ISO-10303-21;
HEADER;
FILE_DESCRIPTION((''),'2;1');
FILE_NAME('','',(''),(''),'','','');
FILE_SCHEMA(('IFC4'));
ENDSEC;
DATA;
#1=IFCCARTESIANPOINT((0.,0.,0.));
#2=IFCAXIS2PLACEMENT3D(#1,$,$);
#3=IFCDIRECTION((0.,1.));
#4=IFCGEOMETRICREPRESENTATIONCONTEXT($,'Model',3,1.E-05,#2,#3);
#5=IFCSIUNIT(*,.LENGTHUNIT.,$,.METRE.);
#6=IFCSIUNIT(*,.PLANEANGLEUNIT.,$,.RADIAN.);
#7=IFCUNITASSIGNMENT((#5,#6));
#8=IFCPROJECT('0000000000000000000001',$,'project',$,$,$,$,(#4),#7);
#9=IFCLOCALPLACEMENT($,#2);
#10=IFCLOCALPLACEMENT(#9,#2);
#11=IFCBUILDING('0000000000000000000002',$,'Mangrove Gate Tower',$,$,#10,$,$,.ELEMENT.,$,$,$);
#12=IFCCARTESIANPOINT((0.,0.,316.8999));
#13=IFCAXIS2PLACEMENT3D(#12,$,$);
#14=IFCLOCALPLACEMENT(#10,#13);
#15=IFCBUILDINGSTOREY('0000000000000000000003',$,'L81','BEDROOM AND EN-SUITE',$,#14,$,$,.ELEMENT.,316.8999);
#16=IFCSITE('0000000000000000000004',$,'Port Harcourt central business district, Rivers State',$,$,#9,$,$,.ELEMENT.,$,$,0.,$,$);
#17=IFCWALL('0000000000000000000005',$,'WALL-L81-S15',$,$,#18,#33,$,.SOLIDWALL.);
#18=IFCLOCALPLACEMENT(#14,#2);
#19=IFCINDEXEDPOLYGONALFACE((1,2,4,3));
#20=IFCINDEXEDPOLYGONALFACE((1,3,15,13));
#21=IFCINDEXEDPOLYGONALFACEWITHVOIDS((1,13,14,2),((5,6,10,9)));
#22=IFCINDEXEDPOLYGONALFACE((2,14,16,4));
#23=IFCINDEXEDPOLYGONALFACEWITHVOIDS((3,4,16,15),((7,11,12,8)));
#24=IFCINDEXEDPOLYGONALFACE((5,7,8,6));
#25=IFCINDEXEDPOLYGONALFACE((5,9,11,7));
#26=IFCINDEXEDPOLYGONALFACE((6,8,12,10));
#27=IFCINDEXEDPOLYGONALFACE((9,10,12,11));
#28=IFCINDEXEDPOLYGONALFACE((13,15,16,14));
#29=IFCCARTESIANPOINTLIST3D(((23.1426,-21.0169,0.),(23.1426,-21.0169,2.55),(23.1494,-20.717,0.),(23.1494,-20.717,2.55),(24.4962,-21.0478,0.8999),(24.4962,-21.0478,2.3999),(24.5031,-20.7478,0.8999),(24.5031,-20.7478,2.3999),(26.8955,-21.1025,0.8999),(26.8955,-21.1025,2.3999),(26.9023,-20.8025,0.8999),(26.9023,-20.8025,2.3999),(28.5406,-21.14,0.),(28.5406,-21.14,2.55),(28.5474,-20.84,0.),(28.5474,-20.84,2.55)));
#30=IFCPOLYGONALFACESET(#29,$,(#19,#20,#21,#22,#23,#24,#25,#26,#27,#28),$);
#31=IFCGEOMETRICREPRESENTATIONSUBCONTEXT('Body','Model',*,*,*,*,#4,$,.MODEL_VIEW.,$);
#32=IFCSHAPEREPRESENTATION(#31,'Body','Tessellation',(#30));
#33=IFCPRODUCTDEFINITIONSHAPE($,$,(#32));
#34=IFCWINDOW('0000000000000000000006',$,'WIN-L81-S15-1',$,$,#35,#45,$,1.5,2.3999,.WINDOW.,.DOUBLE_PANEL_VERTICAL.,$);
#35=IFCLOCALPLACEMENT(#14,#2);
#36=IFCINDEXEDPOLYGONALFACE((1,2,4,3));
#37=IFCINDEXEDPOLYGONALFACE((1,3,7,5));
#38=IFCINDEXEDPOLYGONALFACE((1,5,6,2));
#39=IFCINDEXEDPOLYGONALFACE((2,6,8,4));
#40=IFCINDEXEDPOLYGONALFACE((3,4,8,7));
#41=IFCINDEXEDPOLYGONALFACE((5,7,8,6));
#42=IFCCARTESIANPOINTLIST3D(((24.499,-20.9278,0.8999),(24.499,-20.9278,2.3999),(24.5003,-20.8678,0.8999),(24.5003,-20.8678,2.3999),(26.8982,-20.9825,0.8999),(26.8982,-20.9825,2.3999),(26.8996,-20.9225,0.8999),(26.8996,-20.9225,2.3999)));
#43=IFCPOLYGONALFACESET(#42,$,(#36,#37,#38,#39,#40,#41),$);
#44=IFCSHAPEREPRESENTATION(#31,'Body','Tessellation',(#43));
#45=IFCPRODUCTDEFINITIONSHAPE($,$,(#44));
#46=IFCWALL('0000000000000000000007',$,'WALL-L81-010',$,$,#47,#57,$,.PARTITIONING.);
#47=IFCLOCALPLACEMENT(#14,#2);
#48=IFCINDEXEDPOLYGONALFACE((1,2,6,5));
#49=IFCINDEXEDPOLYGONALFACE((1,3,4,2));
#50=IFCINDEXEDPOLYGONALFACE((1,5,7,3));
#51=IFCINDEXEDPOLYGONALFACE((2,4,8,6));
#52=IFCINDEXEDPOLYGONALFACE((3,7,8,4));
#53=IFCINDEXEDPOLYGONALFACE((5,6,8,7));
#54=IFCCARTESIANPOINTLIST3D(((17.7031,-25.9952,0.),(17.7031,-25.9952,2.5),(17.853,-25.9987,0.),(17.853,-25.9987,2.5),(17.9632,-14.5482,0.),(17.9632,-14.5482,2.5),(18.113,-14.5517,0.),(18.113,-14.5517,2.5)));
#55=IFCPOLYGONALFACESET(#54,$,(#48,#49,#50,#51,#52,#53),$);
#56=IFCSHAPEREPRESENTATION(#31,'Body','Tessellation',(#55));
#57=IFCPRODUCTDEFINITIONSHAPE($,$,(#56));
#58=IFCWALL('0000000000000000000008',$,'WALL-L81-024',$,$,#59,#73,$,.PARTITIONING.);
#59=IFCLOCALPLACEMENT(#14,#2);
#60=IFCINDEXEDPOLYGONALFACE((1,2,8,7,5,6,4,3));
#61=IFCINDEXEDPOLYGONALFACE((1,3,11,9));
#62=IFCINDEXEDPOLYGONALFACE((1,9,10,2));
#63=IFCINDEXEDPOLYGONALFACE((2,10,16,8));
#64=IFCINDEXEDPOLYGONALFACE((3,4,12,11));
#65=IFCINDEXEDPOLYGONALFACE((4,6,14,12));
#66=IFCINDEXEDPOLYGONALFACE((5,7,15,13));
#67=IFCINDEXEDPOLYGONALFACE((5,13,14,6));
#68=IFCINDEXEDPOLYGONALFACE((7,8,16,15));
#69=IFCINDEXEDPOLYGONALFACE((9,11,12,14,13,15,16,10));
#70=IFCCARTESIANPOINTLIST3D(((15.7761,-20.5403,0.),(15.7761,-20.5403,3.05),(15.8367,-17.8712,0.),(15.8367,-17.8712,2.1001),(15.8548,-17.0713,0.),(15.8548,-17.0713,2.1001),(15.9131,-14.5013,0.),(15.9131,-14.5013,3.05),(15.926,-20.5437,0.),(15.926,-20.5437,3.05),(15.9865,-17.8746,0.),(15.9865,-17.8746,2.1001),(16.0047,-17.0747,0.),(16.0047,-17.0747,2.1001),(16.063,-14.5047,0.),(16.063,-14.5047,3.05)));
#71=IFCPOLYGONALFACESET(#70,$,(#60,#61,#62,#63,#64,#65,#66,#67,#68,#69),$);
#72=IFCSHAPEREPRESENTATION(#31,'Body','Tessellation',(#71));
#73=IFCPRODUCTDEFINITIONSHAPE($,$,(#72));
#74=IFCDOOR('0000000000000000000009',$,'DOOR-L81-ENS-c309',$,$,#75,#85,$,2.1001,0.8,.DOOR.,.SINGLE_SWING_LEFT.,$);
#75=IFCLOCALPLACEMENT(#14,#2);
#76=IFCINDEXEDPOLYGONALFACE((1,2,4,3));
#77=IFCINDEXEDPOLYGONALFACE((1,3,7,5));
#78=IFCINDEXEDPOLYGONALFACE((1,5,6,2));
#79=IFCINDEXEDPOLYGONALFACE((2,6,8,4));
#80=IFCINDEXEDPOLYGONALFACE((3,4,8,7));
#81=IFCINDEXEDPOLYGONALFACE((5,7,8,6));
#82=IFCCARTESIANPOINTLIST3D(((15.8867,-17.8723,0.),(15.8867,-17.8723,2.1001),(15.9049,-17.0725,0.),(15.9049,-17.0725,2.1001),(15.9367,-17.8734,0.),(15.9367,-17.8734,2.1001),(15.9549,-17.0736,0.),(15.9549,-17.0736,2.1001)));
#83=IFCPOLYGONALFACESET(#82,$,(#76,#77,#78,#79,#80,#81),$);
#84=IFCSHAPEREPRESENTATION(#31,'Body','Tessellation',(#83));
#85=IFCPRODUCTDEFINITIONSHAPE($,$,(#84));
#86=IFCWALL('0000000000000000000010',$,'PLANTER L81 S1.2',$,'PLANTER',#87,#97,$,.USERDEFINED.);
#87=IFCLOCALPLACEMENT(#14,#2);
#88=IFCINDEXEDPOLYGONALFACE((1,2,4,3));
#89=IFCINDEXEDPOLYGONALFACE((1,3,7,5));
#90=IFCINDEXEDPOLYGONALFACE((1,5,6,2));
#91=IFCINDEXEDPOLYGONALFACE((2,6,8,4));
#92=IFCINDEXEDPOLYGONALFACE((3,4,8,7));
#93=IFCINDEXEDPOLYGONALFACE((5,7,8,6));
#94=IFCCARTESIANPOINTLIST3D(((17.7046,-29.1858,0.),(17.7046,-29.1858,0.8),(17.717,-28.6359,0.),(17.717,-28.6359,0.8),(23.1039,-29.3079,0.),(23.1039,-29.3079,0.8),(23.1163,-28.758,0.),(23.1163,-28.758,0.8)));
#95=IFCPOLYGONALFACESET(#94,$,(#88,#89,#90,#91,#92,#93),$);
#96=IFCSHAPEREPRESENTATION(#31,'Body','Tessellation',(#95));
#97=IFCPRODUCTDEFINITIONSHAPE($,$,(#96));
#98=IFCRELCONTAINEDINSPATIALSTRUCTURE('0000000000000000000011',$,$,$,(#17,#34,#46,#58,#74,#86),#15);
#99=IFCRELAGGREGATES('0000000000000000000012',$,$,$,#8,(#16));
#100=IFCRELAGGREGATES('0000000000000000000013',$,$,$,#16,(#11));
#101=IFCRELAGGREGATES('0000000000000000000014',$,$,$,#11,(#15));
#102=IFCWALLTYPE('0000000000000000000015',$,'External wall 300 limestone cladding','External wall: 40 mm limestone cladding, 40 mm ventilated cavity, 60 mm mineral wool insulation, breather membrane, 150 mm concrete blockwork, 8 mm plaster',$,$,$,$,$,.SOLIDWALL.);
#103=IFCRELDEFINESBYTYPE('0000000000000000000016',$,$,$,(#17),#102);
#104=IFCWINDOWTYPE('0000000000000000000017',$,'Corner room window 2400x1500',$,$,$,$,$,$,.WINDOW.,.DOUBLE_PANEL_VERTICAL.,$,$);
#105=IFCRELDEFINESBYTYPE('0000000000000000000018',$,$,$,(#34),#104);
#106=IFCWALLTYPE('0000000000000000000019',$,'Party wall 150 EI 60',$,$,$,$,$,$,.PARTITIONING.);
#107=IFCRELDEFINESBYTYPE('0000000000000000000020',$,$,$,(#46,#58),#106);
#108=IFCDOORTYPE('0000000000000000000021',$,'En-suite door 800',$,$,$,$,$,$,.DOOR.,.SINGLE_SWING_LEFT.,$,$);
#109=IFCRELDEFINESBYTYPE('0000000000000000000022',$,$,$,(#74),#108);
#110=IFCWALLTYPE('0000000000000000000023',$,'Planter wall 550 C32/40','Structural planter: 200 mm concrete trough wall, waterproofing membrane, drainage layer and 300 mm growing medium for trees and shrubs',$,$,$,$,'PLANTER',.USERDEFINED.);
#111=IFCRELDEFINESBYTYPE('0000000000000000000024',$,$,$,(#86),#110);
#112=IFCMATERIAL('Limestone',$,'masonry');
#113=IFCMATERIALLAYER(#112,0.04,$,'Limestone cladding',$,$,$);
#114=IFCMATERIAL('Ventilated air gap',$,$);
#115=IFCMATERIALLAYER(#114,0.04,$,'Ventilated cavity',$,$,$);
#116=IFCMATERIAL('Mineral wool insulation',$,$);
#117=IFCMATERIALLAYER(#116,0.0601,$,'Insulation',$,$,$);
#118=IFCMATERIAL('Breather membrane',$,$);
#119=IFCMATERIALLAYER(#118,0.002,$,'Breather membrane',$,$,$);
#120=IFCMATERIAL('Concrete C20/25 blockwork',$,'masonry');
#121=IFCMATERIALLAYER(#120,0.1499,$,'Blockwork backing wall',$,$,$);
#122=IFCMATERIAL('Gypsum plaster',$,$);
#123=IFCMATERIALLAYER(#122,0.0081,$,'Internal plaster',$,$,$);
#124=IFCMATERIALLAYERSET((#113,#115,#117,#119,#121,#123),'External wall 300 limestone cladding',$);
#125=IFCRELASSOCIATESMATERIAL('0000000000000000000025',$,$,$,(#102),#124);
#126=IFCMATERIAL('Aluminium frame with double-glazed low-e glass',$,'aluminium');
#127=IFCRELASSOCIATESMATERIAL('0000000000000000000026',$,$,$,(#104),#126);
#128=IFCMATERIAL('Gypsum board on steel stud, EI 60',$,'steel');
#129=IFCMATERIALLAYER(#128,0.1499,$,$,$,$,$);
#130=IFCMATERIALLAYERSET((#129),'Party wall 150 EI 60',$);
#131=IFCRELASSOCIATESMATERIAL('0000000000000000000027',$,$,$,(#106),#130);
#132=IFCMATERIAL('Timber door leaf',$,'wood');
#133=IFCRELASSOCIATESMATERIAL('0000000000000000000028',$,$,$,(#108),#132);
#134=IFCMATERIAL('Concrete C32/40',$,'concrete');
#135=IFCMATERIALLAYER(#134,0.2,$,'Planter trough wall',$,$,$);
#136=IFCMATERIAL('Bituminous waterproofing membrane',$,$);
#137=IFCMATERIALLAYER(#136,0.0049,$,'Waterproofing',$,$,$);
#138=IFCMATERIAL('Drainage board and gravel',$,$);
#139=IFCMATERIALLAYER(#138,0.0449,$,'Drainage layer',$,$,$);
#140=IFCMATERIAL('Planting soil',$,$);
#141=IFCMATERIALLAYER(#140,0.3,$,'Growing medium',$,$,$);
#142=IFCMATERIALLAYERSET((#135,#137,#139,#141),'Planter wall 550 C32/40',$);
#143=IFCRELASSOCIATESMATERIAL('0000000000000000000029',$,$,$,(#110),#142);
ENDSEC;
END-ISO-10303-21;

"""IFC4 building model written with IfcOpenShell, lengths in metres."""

from ifc_helpers import new_model, si_unit, direction, frame, frame_2d, origin, place, context, subcontext, project, spatial, rectangle, extrude, material, layer, layer_set, type_object, element, fill, save


model = new_model("IFC4")

# Units and contexts
model_context = context("Model", 3, precision=1e-05, world=origin(), true_north=direction((0.0, 1.0)))
body_context = subcontext(model_context, "Body", "Model", "MODEL_VIEW")
ifc_project = project(units=[si_unit("LENGTHUNIT", "METRE"), si_unit("PLANEANGLEUNIT", "RADIAN")], contexts=[model_context])

# Site, building, storey
site_placement = place(None, origin())
site = spatial("IfcSite", under=ifc_project, at=site_placement, Name="Port Harcourt central business district, Rivers State", CompositionType="ELEMENT", RefElevation=0.0)
building_placement = place(site_placement, origin())
building = spatial("IfcBuilding", under=site, at=building_placement, Name="Mangrove Gate Tower", CompositionType="ELEMENT")
storey_placement = place(building_placement, frame((0.0, 0.0, 316.8999)))
storey = spatial("IfcBuildingStorey", under=building, at=storey_placement, Name="L81", Description="BEDROOM AND EN-SUITE", CompositionType="ELEMENT", Elevation=316.8999)

# Shared definitions
ifc_material_1 = material(Name="Limestone", Category="masonry")
ifc_layer_1 = layer(ifc_material_1, 0.04, Name="Limestone cladding")
ifc_material_2 = material(Name="Ventilated air gap")
ifc_layer_2 = layer(ifc_material_2, 0.04, Name="Ventilated cavity")
ifc_material_3 = material(Name="Mineral wool insulation")
ifc_layer_3 = layer(ifc_material_3, 0.0601, Name="Insulation")
ifc_material_4 = material(Name="Breather membrane")
ifc_layer_4 = layer(ifc_material_4, 0.002, Name="Breather membrane")
ifc_material_5 = material(Name="Concrete C20/25 blockwork", Category="masonry")
ifc_layer_5 = layer(ifc_material_5, 0.1499, Name="Blockwork backing wall")
ifc_material_6 = material(Name="Gypsum plaster")
ifc_layer_6 = layer(ifc_material_6, 0.0081, Name="Internal plaster")
ifc_layer_set_1 = layer_set([ifc_layer_1, ifc_layer_2, ifc_layer_3, ifc_layer_4, ifc_layer_5, ifc_layer_6], Name="External wall 300 limestone cladding")
wall_type_1 = type_object("IfcWallType", Name="External wall 300 limestone cladding", Description="External wall: 40 mm limestone cladding, 40 mm ventilated cavity, 60 mm mineral wool insulation, breather membrane, 150 mm concrete blockwork, 8 mm plaster", PredefinedType="SOLIDWALL", material=ifc_layer_set_1)

# Wall, opening, window
ifc_material_7 = material(Name="Aluminium frame with double-glazed low-e glass", Category="aluminium")
window_type = type_object("IfcWindowType", Name="Corner room window 2400x1500", PartitioningType="DOUBLE_PANEL_VERTICAL", PredefinedType="WINDOW", material=ifc_material_7)
wall_1_placement = place(storey_placement, frame((23.146, -20.8669, 0.0), z_axis=(0.0, 0.0, 1.0), x_axis=(0.99974, -0.022789, 0.0)))
wall_1 = element("IfcWall", 1, at=wall_1_placement, inside=storey, type_object=wall_type_1, Name="WALL-L81-S15", PredefinedType="SOLIDWALL", context=body_context, shape_type="SweptSolid", body=[
    extrude(rectangle(XDim=5.3994, YDim=0.3, at=frame_2d((2.6997, 0.0))), origin(), (0.0, 0.0, 1.0), 2.55),
])
opening_1_placement = place(wall_1_placement, frame((1.354, 0.0, 0.8999)))
opening_1 = element("IfcOpeningElement", 2, at=opening_1_placement, cuts=wall_1, PredefinedType="OPENING", context=body_context, shape_type="SweptSolid", body=[
    extrude(rectangle(XDim=2.3999, YDim=1.5, at=frame_2d((1.2, 0.75))), frame((0.0, 0.1599, 0.0), z_axis=(0.0, -1.0, 0.0), x_axis=(1.0, 0.0, 0.0)), (0.0, 0.0, 1.0), 0.3201),
])
window_1_placement = place(opening_1_placement, origin())
window_1 = element("IfcWindow", 3, at=window_1_placement, inside=storey, type_object=window_type, Name="WIN-L81-S15-1", OverallHeight=1.5, OverallWidth=2.3999, PartitioningType="DOUBLE_PANEL_VERTICAL", PredefinedType="WINDOW", context=body_context, shape_type="SweptSolid", body=[
    extrude(rectangle(XDim=2.3999, YDim=1.5, at=frame_2d((1.2, 0.75))), frame((0.0, 0.03, 0.0), z_axis=(0.0, -1.0, 0.0), x_axis=(1.0, 0.0, 0.0)), (0.0, 0.0, 1.0), 0.0601),
])
fill(opening_1, window_1)

# Wall
ifc_material_8 = material(Name="Gypsum board on steel stud, EI 60", Category="steel")
ifc_layer_7 = layer(ifc_material_8, 0.1499)
ifc_layer_set_2 = layer_set([ifc_layer_7], Name="Party wall 150 EI 60")
wall_type_2 = type_object("IfcWallType", Name="Party wall 150 EI 60", PredefinedType="PARTITIONING", material=ifc_layer_set_2)
wall_2_placement = place(storey_placement, frame((17.7781, -25.9971, 0.0), z_axis=(0.0, 0.0, 1.0), x_axis=(0.022708, 0.999742, 0.0)))
element("IfcWall", 4, at=wall_2_placement, inside=storey, type_object=wall_type_2, Name="WALL-L81-010", PredefinedType="PARTITIONING", context=body_context, shape_type="SweptSolid", body=[
    extrude(rectangle(XDim=11.45, YDim=0.1499, at=frame_2d((5.7251, 0.0))), origin(), (0.0, 0.0, 1.0), 2.5),
])

# Wall, opening, door
wall_3_placement = place(storey_placement, frame((15.8511, -20.542, 0.0), z_axis=(0.0, 0.0, 1.0), x_axis=(0.022674, 0.999743, 0.0)))
wall_3 = element("IfcWall", 5, at=wall_3_placement, inside=storey, type_object=wall_type_2, Name="WALL-L81-024", PredefinedType="PARTITIONING", context=body_context, shape_type="SweptSolid", body=[
    extrude(rectangle(XDim=6.0405, YDim=0.1499, at=frame_2d((3.0203, 0.0))), origin(), (0.0, 0.0, 1.0), 3.05),
])
opening_2_placement = place(wall_3_placement, frame((2.6699, 0.0, 0.0)))
opening_2 = element("IfcOpeningElement", 6, at=opening_2_placement, cuts=wall_3, PredefinedType="OPENING", context=body_context, shape_type="SweptSolid", body=[
    extrude(rectangle(XDim=0.8, YDim=2.1001, at=frame_2d((0.3999, 1.05))), frame((0.0, 0.085, 0.0), z_axis=(0.0, -1.0, 0.0), x_axis=(1.0, 0.0, 0.0)), (0.0, 0.0, 1.0), 0.1699),
])
ifc_material_9 = material(Name="Timber door leaf", Category="wood")
door_type_1 = type_object("IfcDoorType", Name="En-suite door 800", OperationType="SINGLE_SWING_LEFT", PredefinedType="DOOR", material=ifc_material_9)
door_1_placement = place(opening_2_placement, origin())
door_1 = element("IfcDoor", 7, at=door_1_placement, inside=storey, type_object=door_type_1, Name="DOOR-L81-ENS-c309", OperationType="SINGLE_SWING_LEFT", OverallHeight=2.1001, OverallWidth=0.8, PredefinedType="DOOR", context=body_context, shape_type="SweptSolid", body=[
    extrude(rectangle(XDim=0.8, YDim=2.1001, at=frame_2d((0.3999, 1.05))), frame((0.0, 0.0249, 0.0), z_axis=(0.0, -1.0, 0.0), x_axis=(1.0, 0.0, 0.0)), (0.0, 0.0, 1.0), 0.05),
])
fill(opening_2, door_1)

# Wall
ifc_material_10 = material(Name="Concrete C32/40", Category="concrete")
ifc_layer_8 = layer(ifc_material_10, 0.2, Name="Planter trough wall")
ifc_material_11 = material(Name="Bituminous waterproofing membrane")
ifc_layer_9 = layer(ifc_material_11, 0.0049, Name="Waterproofing")
ifc_material_12 = material(Name="Drainage board and gravel")
ifc_layer_10 = layer(ifc_material_12, 0.0449, Name="Drainage layer")
ifc_material_13 = material(Name="Planting soil")
ifc_layer_11 = layer(ifc_material_13, 0.3, Name="Growing medium")
ifc_layer_set_3 = layer_set([ifc_layer_8, ifc_layer_9, ifc_layer_10, ifc_layer_11], Name="Planter wall 550 C32/40")
wall_type_3 = type_object("IfcWallType", Name="Planter wall 550 C32/40", Description="Structural planter: 200 mm concrete trough wall, waterproofing membrane, drainage layer and 300 mm growing medium for trees and shrubs", ElementType="PLANTER", PredefinedType="USERDEFINED", material=ifc_layer_set_3)
wall_4_placement = place(storey_placement, frame((17.7109, -28.9109, 0.0), z_axis=(0.0, 0.0, 1.0), x_axis=(0.999745, -0.022603, 0.0)))
element("IfcWall", 8, at=wall_4_placement, inside=storey, type_object=wall_type_3, Name="PLANTER L81 S1.2", ObjectType="PLANTER", PredefinedType="USERDEFINED", context=body_context, shape_type="SweptSolid", body=[
    extrude(rectangle(XDim=5.4006, YDim=0.55, at=frame_2d((2.7002, 0.0))), origin(), (0.0, 0.0, 1.0), 0.8),
])

save(model, "model.ifc")
